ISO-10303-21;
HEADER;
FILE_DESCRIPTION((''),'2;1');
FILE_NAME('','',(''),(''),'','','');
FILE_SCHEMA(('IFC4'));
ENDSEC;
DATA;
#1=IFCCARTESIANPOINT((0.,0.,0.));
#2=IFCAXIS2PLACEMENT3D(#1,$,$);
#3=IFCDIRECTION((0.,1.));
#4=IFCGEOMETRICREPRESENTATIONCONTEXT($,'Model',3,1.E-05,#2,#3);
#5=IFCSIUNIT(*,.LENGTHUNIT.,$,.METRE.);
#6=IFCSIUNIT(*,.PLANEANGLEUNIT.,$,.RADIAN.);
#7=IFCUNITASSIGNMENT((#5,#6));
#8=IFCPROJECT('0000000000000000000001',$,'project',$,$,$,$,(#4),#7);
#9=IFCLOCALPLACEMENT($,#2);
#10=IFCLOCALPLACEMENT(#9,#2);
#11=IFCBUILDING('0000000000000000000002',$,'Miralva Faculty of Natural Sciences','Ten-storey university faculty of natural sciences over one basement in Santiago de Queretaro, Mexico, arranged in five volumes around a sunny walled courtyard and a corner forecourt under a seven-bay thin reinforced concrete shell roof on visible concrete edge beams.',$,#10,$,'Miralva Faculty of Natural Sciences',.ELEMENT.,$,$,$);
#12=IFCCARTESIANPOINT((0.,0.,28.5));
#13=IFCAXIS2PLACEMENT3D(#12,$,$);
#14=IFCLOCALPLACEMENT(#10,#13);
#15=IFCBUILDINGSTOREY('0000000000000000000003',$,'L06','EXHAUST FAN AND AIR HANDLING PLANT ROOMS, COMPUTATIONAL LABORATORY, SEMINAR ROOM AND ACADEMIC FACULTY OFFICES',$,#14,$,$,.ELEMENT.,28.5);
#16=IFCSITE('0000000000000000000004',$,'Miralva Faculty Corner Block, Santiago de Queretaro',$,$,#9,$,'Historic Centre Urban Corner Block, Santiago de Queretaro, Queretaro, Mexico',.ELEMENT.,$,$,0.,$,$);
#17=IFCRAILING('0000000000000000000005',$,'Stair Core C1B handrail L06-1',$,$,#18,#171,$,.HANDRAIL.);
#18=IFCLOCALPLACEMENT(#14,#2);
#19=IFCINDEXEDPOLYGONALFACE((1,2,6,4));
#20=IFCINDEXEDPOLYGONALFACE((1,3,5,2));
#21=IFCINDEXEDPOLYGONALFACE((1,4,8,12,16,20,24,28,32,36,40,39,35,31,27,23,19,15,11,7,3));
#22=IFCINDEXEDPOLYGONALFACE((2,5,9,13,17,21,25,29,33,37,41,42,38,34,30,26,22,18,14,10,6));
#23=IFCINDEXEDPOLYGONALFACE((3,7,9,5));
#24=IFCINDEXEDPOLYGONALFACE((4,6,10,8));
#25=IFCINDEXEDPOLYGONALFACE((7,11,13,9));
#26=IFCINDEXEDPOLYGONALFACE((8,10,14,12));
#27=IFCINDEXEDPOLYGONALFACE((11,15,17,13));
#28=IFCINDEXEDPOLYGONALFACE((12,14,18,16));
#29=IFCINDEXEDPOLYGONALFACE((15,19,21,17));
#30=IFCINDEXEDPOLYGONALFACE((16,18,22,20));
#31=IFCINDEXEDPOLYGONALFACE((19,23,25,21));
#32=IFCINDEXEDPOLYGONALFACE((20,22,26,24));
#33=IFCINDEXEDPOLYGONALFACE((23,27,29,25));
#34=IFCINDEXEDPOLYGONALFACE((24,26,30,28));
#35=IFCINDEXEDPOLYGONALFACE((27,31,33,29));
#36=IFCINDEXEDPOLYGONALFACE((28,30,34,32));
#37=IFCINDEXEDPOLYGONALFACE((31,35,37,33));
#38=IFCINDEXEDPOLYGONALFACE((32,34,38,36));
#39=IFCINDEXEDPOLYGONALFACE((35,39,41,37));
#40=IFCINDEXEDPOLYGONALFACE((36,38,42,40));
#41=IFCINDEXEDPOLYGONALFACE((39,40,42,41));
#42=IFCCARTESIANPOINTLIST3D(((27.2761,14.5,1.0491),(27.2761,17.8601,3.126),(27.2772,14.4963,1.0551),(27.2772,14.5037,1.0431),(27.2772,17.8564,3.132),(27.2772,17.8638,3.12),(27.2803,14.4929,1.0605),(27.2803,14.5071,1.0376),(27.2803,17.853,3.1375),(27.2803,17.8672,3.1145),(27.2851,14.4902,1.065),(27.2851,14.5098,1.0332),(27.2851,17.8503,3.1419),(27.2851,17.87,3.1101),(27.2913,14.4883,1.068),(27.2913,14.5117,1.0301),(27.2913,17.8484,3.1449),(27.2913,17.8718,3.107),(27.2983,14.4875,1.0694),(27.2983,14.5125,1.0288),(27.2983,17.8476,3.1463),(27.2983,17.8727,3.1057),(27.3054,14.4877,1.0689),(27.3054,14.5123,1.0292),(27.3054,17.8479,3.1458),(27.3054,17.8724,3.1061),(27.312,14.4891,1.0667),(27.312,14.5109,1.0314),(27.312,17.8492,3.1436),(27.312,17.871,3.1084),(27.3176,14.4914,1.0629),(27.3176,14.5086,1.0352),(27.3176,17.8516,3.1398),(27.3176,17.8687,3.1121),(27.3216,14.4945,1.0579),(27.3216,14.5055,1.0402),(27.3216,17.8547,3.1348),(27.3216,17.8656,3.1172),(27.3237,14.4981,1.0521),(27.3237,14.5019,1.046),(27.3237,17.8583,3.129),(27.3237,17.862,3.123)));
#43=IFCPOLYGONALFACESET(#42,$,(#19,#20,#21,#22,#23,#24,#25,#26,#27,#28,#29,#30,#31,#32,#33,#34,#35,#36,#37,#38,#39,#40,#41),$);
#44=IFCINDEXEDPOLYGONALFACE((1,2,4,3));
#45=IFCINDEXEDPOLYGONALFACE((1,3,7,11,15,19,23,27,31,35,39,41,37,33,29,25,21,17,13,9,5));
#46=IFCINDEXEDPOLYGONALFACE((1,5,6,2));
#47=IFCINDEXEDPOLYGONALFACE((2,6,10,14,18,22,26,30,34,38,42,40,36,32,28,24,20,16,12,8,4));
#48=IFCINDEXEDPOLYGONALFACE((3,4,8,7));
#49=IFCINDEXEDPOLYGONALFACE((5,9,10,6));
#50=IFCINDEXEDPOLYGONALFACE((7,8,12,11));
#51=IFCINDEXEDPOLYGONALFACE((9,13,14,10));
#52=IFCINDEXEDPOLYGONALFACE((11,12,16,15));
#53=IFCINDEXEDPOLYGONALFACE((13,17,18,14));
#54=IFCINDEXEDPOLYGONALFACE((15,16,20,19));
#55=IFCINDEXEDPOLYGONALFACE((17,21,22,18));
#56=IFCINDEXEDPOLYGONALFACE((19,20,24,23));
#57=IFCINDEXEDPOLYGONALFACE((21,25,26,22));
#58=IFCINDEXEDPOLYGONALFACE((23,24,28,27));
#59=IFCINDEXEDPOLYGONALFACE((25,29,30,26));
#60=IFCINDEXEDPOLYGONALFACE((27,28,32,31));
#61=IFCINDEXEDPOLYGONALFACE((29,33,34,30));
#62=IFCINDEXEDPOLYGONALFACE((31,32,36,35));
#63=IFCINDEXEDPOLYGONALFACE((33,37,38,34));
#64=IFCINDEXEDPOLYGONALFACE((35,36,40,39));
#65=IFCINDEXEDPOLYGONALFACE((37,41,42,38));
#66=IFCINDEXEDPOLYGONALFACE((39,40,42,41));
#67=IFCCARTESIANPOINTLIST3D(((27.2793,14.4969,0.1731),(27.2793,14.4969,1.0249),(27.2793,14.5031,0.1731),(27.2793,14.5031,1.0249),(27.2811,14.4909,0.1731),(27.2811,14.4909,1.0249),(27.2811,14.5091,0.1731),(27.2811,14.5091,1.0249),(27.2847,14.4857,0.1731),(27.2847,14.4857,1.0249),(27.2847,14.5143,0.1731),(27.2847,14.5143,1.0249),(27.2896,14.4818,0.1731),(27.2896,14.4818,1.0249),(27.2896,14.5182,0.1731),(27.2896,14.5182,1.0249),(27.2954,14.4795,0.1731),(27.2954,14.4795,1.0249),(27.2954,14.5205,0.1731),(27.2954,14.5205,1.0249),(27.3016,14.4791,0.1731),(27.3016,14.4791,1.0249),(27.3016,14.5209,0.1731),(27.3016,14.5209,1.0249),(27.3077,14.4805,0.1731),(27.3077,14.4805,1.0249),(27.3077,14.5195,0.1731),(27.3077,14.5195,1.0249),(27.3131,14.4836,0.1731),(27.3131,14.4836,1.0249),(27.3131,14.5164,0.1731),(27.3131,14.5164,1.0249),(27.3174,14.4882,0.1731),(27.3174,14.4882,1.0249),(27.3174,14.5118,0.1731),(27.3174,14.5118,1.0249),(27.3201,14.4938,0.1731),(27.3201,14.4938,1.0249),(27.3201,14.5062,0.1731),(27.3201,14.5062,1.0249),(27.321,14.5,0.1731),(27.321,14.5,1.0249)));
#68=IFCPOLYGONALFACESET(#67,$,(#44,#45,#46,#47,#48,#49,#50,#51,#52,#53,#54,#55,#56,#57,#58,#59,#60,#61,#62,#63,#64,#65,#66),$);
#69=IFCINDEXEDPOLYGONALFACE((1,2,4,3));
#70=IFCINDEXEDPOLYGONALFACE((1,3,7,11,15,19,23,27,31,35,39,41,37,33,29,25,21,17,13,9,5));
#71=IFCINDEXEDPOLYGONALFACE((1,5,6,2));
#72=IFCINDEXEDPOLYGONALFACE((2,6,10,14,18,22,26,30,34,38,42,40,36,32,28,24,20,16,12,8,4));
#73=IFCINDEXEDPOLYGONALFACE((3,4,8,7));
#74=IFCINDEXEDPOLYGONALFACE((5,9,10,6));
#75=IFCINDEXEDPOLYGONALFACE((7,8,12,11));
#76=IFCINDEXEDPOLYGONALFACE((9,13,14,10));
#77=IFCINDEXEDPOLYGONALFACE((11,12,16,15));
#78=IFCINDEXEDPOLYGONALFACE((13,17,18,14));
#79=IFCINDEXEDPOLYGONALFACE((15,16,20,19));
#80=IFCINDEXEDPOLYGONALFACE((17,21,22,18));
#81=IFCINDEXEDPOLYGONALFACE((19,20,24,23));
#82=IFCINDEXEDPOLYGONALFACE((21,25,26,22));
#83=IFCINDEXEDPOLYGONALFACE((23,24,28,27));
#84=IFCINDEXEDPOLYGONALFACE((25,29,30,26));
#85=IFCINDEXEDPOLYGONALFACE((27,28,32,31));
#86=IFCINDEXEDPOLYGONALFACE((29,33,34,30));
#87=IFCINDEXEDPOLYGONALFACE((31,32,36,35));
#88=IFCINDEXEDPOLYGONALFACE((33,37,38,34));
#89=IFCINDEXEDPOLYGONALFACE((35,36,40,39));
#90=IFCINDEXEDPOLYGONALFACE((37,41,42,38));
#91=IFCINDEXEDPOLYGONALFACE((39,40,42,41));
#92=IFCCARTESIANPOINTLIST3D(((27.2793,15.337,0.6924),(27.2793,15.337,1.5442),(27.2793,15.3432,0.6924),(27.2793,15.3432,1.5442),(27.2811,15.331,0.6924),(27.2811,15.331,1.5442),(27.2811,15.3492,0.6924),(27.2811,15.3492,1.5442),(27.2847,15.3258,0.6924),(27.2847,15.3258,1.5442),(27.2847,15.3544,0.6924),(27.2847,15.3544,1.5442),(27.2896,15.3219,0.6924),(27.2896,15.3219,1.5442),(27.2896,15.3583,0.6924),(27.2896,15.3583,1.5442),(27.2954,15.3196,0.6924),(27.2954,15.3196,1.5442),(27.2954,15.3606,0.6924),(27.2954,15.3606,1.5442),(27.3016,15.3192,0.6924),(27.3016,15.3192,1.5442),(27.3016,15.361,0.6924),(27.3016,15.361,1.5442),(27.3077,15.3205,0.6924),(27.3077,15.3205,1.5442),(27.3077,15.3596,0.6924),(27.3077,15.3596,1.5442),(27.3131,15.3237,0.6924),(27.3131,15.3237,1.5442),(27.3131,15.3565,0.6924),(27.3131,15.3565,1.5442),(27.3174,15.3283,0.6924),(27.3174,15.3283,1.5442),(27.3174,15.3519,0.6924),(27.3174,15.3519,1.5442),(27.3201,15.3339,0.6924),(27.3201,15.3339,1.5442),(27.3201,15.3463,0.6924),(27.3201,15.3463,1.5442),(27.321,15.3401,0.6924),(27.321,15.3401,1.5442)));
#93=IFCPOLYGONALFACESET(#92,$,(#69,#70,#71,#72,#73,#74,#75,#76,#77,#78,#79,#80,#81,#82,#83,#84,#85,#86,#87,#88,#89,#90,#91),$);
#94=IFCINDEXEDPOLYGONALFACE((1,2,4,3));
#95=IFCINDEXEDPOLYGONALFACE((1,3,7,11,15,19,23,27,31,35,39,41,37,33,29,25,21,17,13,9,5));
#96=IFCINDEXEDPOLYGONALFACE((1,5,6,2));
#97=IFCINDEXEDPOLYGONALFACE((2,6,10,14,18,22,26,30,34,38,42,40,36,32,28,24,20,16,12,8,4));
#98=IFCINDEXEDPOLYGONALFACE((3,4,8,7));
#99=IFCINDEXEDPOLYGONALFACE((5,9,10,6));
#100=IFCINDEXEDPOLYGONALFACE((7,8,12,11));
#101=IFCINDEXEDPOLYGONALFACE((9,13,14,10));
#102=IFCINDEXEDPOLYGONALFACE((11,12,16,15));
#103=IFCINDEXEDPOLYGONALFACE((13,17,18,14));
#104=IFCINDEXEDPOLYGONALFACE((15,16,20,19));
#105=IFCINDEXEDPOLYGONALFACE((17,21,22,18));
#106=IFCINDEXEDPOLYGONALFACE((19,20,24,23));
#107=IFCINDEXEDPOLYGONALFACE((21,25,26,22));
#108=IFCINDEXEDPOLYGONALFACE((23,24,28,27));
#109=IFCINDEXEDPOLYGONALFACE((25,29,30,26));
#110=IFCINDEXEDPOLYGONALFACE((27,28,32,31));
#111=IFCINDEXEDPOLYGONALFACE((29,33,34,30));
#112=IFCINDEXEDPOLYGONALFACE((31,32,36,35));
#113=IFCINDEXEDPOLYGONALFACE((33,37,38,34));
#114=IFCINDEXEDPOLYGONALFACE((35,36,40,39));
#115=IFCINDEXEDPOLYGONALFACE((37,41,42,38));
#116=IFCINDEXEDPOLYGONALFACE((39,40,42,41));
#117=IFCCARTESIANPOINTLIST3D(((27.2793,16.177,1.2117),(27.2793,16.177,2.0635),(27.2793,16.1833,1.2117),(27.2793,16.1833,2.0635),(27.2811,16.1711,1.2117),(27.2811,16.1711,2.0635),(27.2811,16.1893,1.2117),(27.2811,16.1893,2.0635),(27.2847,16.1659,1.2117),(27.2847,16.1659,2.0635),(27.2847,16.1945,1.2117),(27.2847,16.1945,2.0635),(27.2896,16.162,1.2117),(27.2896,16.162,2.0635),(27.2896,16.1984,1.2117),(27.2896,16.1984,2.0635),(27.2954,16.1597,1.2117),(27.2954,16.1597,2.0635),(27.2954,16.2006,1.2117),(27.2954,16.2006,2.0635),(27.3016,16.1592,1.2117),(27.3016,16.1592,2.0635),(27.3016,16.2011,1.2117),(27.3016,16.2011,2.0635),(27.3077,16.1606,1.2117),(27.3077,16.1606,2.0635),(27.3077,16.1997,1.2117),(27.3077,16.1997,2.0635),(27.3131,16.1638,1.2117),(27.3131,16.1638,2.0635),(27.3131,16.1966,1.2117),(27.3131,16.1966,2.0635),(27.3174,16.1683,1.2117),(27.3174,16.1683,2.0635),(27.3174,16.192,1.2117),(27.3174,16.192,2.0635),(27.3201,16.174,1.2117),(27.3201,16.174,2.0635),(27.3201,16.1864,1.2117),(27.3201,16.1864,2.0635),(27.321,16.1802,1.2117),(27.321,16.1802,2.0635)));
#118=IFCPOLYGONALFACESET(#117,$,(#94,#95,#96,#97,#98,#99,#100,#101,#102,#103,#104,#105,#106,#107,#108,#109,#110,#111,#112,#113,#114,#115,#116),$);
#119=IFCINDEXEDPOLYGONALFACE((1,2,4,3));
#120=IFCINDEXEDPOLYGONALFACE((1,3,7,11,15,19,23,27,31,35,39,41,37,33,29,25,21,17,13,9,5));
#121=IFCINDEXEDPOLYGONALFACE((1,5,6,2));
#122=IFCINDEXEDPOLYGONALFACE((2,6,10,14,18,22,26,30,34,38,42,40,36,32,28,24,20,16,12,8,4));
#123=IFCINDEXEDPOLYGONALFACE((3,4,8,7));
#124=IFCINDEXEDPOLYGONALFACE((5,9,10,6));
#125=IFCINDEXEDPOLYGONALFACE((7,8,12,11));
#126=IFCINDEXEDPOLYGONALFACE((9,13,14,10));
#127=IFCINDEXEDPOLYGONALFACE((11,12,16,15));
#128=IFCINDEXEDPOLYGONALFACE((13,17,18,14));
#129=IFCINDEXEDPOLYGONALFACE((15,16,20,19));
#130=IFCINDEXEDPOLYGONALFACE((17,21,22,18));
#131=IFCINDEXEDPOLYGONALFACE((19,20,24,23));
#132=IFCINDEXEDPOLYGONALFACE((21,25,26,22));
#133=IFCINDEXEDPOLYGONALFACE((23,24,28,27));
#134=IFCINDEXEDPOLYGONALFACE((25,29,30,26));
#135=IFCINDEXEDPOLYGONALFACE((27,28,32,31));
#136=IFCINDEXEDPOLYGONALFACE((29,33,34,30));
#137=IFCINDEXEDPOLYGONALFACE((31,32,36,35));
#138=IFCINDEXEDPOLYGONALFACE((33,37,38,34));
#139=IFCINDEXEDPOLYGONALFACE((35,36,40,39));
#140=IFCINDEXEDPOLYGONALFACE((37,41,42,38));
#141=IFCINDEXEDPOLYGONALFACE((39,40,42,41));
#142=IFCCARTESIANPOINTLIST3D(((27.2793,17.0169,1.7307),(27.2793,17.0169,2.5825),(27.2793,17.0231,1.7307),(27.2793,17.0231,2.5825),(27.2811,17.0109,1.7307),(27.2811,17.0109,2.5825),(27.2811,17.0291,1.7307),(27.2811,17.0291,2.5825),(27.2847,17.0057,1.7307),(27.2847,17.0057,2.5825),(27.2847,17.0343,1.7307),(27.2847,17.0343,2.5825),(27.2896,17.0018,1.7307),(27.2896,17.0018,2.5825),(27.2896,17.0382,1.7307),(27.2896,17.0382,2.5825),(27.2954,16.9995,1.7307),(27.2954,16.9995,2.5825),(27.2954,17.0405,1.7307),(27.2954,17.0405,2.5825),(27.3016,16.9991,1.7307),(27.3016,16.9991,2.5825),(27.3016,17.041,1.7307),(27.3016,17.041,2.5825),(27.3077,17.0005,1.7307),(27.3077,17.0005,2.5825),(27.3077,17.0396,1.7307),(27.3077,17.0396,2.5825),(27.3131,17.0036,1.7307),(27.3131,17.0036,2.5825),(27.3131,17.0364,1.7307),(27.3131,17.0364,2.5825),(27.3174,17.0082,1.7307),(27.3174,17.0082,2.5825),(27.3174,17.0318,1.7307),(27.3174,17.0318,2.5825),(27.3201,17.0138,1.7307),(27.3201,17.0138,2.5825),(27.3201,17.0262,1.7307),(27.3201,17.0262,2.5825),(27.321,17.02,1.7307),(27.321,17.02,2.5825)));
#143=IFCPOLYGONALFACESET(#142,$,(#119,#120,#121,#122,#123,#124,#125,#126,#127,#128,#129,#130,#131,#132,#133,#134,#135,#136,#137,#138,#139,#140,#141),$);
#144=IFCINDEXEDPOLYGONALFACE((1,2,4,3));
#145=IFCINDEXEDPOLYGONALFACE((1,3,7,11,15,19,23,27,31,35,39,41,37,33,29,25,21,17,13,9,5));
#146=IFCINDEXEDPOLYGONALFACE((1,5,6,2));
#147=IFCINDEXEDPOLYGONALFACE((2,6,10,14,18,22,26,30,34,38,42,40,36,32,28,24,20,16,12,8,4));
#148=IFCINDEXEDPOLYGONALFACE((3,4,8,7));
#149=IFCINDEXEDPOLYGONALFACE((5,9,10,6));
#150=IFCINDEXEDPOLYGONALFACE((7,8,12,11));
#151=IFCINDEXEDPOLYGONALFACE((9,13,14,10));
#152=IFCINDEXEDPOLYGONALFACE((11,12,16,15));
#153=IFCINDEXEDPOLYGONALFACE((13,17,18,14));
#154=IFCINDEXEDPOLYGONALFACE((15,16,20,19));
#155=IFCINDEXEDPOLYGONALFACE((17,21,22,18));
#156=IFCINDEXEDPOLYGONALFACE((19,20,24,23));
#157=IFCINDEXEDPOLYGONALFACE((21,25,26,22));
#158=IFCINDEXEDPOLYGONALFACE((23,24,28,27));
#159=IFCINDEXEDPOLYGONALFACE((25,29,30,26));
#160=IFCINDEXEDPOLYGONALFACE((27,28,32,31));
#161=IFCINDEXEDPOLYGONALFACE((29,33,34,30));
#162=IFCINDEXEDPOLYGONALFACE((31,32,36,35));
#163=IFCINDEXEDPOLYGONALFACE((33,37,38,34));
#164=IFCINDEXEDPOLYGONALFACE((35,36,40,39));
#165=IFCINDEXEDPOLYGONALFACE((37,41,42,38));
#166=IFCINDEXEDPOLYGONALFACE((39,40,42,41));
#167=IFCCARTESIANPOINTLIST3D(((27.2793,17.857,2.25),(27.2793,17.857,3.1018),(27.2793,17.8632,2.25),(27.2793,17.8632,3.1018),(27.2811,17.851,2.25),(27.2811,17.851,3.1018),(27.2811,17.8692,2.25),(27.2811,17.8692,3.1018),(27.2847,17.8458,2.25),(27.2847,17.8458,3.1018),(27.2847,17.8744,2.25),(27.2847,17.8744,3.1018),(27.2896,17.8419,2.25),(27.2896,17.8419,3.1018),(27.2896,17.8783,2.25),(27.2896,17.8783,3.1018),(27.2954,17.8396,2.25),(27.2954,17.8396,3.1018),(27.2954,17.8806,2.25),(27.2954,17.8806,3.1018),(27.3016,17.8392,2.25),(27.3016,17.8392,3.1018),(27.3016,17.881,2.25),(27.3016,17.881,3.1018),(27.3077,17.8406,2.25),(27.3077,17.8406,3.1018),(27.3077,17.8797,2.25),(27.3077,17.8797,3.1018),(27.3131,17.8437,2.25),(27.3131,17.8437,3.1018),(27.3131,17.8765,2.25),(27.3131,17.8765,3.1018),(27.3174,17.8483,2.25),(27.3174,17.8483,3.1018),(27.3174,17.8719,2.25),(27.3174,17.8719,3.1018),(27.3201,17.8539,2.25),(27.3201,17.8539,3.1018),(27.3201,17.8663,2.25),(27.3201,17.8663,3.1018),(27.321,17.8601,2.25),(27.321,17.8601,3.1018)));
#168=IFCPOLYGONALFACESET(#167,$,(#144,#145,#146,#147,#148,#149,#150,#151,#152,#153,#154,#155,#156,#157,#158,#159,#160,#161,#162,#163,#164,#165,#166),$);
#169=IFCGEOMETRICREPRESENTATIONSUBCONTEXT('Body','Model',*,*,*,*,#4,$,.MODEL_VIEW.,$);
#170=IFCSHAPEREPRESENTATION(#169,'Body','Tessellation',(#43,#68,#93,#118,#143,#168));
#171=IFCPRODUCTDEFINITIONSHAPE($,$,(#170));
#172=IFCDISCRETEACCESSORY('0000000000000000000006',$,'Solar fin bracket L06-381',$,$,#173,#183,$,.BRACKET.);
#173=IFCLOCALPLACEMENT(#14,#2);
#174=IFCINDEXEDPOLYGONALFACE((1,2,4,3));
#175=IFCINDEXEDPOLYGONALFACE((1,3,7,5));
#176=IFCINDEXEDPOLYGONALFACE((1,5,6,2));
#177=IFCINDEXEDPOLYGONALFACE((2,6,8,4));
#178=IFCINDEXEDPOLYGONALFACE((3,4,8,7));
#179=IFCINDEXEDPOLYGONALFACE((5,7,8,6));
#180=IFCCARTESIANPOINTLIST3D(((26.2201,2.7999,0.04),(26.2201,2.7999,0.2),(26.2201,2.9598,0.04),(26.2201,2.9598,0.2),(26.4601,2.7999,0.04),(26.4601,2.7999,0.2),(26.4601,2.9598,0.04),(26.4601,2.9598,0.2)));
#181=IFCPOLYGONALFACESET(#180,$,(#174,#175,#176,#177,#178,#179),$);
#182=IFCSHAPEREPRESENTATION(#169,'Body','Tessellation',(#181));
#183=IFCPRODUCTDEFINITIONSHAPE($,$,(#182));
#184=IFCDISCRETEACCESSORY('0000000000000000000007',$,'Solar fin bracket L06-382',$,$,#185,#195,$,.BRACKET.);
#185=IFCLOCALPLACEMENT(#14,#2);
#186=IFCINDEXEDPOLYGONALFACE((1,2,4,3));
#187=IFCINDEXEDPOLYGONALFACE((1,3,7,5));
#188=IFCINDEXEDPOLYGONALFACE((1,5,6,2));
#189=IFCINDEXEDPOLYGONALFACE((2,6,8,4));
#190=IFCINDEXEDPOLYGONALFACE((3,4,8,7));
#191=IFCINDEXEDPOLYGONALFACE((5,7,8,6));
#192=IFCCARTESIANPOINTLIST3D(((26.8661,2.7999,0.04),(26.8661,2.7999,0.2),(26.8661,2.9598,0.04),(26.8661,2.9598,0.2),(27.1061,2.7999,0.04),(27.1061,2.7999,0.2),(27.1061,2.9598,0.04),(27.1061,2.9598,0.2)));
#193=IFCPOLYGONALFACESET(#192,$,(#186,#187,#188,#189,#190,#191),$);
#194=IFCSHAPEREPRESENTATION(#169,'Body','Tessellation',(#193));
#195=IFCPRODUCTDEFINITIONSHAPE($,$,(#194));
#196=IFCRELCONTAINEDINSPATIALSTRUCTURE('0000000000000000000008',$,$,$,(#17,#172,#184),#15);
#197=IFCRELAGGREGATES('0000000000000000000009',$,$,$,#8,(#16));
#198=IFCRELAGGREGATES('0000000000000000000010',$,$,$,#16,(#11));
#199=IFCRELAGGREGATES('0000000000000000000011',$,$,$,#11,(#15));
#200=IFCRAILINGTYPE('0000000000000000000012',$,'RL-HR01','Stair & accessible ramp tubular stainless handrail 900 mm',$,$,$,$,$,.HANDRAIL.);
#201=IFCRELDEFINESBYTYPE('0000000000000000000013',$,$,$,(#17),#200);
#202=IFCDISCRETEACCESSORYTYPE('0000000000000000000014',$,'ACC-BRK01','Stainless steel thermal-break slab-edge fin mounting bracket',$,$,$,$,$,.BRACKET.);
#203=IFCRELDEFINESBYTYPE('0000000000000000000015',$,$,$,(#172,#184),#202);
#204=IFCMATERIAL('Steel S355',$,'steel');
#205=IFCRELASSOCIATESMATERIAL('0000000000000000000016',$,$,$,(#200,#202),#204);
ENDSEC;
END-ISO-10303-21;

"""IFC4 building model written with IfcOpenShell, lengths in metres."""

from ifc_helpers import new_model, si_unit, direction, frame, origin, origin_2d, place, context, subcontext, project, spatial, rectangle, circle, extrude, material, type_object, element, save


model = new_model("IFC4")

# Units and contexts
model_context = context("Model", 3, precision=1e-05, world=origin(), true_north=direction((0.0, 1.0)))
body_context = subcontext(model_context, "Body", "Model", "MODEL_VIEW")
ifc_project = project(units=[si_unit("LENGTHUNIT", "METRE"), si_unit("PLANEANGLEUNIT", "RADIAN")], contexts=[model_context])

# Site, building, storey
site_placement = place(None, origin())
site = spatial("IfcSite", under=ifc_project, at=site_placement, Name="Miralva Faculty Corner Block, Santiago de Queretaro", LongName="Historic Centre Urban Corner Block, Santiago de Queretaro, Queretaro, Mexico", CompositionType="ELEMENT", RefElevation=0.0)
building_placement = place(site_placement, origin())
building = spatial("IfcBuilding", under=site, at=building_placement, Name="Miralva Faculty of Natural Sciences", Description="Ten-storey university faculty of natural sciences over one basement in Santiago de Queretaro, Mexico, arranged in five volumes around a sunny walled courtyard and a corner forecourt under a seven-bay thin reinforced concrete shell roof on visible concrete edge beams.", LongName="Miralva Faculty of Natural Sciences", CompositionType="ELEMENT")
storey_placement = place(building_placement, frame((0.0, 0.0, 28.5)))
storey = spatial("IfcBuildingStorey", under=building, at=storey_placement, Name="L06", Description="EXHAUST FAN AND AIR HANDLING PLANT ROOMS, COMPUTATIONAL LABORATORY, SEMINAR ROOM AND ACADEMIC FACULTY OFFICES", CompositionType="ELEMENT", Elevation=28.5)

# Railing
ifc_material_1 = material(Name="Steel S355", Category="steel")
railing_type_1 = type_object("IfcRailingType", Name="RL-HR01", Description="Stair & accessible ramp tubular stainless handrail 900 mm", PredefinedType="HANDRAIL", material=ifc_material_1)
railing_1_placement = place(storey_placement, frame((27.3, 14.5, 0.1731)))
element("IfcRailing", 1, at=railing_1_placement, inside=storey, type_object=railing_type_1, Name="Stair Core C1B handrail L06-1", PredefinedType="HANDRAIL", context=body_context, shape_type="SweptSolid", body=[
    extrude(circle(Radius=0.0239, at=origin_2d()), frame((0.0, 0.0, 0.876), z_axis=(0.0, 0.850623, 0.525776), x_axis=(-1.0, 0.0, 0.0)), (0.0, 0.0, 1.0), 3.9502),
    extrude(circle(Radius=0.021, at=origin_2d()), origin(), (0.0, 0.0, 1.0), 0.8518),
    extrude(circle(Radius=0.021, at=origin_2d()), frame((0.0, 0.8401, 0.5193)), (0.0, 0.0, 1.0), 0.8518),
    extrude(circle(Radius=0.021, at=origin_2d()), frame((0.0, 1.6802, 1.0386)), (0.0, 0.0, 1.0), 0.8518),
    extrude(circle(Radius=0.021, at=origin_2d()), frame((0.0, 2.52, 1.5576)), (0.0, 0.0, 1.0), 0.8518),
    extrude(circle(Radius=0.021, at=origin_2d()), frame((0.0, 3.3601, 2.0769)), (0.0, 0.0, 1.0), 0.8518),
])

# Discrete accessories
discrete_accessory_type = type_object("IfcDiscreteAccessoryType", Name="ACC-BRK01", Description="Stainless steel thermal-break slab-edge fin mounting bracket", PredefinedType="BRACKET", material=ifc_material_1)
for number, where, z_axis, x_axis, name in (
    (2, (26.3401, 2.8799, 0.04), (0.0, 0.0, 1.0), (0.0, -1.0, 0.0), "Solar fin bracket L06-381"),
    (3, (26.9861, 2.8799, 0.04), (0.0, 0.0, 1.0), (0.0, -1.0, 0.0), "Solar fin bracket L06-382"),
):
    element("IfcDiscreteAccessory", number, at=place(storey_placement, frame(where, z_axis=z_axis, x_axis=x_axis)), inside=storey, type_object=discrete_accessory_type, Name=name, PredefinedType="BRACKET", context=body_context, shape_type="SweptSolid", body=[
        extrude(rectangle(XDim=0.1599, YDim=0.24, at=origin_2d()), origin(), (0.0, 0.0, 1.0), 0.1599),
    ])

save(model, "model.ifc")
